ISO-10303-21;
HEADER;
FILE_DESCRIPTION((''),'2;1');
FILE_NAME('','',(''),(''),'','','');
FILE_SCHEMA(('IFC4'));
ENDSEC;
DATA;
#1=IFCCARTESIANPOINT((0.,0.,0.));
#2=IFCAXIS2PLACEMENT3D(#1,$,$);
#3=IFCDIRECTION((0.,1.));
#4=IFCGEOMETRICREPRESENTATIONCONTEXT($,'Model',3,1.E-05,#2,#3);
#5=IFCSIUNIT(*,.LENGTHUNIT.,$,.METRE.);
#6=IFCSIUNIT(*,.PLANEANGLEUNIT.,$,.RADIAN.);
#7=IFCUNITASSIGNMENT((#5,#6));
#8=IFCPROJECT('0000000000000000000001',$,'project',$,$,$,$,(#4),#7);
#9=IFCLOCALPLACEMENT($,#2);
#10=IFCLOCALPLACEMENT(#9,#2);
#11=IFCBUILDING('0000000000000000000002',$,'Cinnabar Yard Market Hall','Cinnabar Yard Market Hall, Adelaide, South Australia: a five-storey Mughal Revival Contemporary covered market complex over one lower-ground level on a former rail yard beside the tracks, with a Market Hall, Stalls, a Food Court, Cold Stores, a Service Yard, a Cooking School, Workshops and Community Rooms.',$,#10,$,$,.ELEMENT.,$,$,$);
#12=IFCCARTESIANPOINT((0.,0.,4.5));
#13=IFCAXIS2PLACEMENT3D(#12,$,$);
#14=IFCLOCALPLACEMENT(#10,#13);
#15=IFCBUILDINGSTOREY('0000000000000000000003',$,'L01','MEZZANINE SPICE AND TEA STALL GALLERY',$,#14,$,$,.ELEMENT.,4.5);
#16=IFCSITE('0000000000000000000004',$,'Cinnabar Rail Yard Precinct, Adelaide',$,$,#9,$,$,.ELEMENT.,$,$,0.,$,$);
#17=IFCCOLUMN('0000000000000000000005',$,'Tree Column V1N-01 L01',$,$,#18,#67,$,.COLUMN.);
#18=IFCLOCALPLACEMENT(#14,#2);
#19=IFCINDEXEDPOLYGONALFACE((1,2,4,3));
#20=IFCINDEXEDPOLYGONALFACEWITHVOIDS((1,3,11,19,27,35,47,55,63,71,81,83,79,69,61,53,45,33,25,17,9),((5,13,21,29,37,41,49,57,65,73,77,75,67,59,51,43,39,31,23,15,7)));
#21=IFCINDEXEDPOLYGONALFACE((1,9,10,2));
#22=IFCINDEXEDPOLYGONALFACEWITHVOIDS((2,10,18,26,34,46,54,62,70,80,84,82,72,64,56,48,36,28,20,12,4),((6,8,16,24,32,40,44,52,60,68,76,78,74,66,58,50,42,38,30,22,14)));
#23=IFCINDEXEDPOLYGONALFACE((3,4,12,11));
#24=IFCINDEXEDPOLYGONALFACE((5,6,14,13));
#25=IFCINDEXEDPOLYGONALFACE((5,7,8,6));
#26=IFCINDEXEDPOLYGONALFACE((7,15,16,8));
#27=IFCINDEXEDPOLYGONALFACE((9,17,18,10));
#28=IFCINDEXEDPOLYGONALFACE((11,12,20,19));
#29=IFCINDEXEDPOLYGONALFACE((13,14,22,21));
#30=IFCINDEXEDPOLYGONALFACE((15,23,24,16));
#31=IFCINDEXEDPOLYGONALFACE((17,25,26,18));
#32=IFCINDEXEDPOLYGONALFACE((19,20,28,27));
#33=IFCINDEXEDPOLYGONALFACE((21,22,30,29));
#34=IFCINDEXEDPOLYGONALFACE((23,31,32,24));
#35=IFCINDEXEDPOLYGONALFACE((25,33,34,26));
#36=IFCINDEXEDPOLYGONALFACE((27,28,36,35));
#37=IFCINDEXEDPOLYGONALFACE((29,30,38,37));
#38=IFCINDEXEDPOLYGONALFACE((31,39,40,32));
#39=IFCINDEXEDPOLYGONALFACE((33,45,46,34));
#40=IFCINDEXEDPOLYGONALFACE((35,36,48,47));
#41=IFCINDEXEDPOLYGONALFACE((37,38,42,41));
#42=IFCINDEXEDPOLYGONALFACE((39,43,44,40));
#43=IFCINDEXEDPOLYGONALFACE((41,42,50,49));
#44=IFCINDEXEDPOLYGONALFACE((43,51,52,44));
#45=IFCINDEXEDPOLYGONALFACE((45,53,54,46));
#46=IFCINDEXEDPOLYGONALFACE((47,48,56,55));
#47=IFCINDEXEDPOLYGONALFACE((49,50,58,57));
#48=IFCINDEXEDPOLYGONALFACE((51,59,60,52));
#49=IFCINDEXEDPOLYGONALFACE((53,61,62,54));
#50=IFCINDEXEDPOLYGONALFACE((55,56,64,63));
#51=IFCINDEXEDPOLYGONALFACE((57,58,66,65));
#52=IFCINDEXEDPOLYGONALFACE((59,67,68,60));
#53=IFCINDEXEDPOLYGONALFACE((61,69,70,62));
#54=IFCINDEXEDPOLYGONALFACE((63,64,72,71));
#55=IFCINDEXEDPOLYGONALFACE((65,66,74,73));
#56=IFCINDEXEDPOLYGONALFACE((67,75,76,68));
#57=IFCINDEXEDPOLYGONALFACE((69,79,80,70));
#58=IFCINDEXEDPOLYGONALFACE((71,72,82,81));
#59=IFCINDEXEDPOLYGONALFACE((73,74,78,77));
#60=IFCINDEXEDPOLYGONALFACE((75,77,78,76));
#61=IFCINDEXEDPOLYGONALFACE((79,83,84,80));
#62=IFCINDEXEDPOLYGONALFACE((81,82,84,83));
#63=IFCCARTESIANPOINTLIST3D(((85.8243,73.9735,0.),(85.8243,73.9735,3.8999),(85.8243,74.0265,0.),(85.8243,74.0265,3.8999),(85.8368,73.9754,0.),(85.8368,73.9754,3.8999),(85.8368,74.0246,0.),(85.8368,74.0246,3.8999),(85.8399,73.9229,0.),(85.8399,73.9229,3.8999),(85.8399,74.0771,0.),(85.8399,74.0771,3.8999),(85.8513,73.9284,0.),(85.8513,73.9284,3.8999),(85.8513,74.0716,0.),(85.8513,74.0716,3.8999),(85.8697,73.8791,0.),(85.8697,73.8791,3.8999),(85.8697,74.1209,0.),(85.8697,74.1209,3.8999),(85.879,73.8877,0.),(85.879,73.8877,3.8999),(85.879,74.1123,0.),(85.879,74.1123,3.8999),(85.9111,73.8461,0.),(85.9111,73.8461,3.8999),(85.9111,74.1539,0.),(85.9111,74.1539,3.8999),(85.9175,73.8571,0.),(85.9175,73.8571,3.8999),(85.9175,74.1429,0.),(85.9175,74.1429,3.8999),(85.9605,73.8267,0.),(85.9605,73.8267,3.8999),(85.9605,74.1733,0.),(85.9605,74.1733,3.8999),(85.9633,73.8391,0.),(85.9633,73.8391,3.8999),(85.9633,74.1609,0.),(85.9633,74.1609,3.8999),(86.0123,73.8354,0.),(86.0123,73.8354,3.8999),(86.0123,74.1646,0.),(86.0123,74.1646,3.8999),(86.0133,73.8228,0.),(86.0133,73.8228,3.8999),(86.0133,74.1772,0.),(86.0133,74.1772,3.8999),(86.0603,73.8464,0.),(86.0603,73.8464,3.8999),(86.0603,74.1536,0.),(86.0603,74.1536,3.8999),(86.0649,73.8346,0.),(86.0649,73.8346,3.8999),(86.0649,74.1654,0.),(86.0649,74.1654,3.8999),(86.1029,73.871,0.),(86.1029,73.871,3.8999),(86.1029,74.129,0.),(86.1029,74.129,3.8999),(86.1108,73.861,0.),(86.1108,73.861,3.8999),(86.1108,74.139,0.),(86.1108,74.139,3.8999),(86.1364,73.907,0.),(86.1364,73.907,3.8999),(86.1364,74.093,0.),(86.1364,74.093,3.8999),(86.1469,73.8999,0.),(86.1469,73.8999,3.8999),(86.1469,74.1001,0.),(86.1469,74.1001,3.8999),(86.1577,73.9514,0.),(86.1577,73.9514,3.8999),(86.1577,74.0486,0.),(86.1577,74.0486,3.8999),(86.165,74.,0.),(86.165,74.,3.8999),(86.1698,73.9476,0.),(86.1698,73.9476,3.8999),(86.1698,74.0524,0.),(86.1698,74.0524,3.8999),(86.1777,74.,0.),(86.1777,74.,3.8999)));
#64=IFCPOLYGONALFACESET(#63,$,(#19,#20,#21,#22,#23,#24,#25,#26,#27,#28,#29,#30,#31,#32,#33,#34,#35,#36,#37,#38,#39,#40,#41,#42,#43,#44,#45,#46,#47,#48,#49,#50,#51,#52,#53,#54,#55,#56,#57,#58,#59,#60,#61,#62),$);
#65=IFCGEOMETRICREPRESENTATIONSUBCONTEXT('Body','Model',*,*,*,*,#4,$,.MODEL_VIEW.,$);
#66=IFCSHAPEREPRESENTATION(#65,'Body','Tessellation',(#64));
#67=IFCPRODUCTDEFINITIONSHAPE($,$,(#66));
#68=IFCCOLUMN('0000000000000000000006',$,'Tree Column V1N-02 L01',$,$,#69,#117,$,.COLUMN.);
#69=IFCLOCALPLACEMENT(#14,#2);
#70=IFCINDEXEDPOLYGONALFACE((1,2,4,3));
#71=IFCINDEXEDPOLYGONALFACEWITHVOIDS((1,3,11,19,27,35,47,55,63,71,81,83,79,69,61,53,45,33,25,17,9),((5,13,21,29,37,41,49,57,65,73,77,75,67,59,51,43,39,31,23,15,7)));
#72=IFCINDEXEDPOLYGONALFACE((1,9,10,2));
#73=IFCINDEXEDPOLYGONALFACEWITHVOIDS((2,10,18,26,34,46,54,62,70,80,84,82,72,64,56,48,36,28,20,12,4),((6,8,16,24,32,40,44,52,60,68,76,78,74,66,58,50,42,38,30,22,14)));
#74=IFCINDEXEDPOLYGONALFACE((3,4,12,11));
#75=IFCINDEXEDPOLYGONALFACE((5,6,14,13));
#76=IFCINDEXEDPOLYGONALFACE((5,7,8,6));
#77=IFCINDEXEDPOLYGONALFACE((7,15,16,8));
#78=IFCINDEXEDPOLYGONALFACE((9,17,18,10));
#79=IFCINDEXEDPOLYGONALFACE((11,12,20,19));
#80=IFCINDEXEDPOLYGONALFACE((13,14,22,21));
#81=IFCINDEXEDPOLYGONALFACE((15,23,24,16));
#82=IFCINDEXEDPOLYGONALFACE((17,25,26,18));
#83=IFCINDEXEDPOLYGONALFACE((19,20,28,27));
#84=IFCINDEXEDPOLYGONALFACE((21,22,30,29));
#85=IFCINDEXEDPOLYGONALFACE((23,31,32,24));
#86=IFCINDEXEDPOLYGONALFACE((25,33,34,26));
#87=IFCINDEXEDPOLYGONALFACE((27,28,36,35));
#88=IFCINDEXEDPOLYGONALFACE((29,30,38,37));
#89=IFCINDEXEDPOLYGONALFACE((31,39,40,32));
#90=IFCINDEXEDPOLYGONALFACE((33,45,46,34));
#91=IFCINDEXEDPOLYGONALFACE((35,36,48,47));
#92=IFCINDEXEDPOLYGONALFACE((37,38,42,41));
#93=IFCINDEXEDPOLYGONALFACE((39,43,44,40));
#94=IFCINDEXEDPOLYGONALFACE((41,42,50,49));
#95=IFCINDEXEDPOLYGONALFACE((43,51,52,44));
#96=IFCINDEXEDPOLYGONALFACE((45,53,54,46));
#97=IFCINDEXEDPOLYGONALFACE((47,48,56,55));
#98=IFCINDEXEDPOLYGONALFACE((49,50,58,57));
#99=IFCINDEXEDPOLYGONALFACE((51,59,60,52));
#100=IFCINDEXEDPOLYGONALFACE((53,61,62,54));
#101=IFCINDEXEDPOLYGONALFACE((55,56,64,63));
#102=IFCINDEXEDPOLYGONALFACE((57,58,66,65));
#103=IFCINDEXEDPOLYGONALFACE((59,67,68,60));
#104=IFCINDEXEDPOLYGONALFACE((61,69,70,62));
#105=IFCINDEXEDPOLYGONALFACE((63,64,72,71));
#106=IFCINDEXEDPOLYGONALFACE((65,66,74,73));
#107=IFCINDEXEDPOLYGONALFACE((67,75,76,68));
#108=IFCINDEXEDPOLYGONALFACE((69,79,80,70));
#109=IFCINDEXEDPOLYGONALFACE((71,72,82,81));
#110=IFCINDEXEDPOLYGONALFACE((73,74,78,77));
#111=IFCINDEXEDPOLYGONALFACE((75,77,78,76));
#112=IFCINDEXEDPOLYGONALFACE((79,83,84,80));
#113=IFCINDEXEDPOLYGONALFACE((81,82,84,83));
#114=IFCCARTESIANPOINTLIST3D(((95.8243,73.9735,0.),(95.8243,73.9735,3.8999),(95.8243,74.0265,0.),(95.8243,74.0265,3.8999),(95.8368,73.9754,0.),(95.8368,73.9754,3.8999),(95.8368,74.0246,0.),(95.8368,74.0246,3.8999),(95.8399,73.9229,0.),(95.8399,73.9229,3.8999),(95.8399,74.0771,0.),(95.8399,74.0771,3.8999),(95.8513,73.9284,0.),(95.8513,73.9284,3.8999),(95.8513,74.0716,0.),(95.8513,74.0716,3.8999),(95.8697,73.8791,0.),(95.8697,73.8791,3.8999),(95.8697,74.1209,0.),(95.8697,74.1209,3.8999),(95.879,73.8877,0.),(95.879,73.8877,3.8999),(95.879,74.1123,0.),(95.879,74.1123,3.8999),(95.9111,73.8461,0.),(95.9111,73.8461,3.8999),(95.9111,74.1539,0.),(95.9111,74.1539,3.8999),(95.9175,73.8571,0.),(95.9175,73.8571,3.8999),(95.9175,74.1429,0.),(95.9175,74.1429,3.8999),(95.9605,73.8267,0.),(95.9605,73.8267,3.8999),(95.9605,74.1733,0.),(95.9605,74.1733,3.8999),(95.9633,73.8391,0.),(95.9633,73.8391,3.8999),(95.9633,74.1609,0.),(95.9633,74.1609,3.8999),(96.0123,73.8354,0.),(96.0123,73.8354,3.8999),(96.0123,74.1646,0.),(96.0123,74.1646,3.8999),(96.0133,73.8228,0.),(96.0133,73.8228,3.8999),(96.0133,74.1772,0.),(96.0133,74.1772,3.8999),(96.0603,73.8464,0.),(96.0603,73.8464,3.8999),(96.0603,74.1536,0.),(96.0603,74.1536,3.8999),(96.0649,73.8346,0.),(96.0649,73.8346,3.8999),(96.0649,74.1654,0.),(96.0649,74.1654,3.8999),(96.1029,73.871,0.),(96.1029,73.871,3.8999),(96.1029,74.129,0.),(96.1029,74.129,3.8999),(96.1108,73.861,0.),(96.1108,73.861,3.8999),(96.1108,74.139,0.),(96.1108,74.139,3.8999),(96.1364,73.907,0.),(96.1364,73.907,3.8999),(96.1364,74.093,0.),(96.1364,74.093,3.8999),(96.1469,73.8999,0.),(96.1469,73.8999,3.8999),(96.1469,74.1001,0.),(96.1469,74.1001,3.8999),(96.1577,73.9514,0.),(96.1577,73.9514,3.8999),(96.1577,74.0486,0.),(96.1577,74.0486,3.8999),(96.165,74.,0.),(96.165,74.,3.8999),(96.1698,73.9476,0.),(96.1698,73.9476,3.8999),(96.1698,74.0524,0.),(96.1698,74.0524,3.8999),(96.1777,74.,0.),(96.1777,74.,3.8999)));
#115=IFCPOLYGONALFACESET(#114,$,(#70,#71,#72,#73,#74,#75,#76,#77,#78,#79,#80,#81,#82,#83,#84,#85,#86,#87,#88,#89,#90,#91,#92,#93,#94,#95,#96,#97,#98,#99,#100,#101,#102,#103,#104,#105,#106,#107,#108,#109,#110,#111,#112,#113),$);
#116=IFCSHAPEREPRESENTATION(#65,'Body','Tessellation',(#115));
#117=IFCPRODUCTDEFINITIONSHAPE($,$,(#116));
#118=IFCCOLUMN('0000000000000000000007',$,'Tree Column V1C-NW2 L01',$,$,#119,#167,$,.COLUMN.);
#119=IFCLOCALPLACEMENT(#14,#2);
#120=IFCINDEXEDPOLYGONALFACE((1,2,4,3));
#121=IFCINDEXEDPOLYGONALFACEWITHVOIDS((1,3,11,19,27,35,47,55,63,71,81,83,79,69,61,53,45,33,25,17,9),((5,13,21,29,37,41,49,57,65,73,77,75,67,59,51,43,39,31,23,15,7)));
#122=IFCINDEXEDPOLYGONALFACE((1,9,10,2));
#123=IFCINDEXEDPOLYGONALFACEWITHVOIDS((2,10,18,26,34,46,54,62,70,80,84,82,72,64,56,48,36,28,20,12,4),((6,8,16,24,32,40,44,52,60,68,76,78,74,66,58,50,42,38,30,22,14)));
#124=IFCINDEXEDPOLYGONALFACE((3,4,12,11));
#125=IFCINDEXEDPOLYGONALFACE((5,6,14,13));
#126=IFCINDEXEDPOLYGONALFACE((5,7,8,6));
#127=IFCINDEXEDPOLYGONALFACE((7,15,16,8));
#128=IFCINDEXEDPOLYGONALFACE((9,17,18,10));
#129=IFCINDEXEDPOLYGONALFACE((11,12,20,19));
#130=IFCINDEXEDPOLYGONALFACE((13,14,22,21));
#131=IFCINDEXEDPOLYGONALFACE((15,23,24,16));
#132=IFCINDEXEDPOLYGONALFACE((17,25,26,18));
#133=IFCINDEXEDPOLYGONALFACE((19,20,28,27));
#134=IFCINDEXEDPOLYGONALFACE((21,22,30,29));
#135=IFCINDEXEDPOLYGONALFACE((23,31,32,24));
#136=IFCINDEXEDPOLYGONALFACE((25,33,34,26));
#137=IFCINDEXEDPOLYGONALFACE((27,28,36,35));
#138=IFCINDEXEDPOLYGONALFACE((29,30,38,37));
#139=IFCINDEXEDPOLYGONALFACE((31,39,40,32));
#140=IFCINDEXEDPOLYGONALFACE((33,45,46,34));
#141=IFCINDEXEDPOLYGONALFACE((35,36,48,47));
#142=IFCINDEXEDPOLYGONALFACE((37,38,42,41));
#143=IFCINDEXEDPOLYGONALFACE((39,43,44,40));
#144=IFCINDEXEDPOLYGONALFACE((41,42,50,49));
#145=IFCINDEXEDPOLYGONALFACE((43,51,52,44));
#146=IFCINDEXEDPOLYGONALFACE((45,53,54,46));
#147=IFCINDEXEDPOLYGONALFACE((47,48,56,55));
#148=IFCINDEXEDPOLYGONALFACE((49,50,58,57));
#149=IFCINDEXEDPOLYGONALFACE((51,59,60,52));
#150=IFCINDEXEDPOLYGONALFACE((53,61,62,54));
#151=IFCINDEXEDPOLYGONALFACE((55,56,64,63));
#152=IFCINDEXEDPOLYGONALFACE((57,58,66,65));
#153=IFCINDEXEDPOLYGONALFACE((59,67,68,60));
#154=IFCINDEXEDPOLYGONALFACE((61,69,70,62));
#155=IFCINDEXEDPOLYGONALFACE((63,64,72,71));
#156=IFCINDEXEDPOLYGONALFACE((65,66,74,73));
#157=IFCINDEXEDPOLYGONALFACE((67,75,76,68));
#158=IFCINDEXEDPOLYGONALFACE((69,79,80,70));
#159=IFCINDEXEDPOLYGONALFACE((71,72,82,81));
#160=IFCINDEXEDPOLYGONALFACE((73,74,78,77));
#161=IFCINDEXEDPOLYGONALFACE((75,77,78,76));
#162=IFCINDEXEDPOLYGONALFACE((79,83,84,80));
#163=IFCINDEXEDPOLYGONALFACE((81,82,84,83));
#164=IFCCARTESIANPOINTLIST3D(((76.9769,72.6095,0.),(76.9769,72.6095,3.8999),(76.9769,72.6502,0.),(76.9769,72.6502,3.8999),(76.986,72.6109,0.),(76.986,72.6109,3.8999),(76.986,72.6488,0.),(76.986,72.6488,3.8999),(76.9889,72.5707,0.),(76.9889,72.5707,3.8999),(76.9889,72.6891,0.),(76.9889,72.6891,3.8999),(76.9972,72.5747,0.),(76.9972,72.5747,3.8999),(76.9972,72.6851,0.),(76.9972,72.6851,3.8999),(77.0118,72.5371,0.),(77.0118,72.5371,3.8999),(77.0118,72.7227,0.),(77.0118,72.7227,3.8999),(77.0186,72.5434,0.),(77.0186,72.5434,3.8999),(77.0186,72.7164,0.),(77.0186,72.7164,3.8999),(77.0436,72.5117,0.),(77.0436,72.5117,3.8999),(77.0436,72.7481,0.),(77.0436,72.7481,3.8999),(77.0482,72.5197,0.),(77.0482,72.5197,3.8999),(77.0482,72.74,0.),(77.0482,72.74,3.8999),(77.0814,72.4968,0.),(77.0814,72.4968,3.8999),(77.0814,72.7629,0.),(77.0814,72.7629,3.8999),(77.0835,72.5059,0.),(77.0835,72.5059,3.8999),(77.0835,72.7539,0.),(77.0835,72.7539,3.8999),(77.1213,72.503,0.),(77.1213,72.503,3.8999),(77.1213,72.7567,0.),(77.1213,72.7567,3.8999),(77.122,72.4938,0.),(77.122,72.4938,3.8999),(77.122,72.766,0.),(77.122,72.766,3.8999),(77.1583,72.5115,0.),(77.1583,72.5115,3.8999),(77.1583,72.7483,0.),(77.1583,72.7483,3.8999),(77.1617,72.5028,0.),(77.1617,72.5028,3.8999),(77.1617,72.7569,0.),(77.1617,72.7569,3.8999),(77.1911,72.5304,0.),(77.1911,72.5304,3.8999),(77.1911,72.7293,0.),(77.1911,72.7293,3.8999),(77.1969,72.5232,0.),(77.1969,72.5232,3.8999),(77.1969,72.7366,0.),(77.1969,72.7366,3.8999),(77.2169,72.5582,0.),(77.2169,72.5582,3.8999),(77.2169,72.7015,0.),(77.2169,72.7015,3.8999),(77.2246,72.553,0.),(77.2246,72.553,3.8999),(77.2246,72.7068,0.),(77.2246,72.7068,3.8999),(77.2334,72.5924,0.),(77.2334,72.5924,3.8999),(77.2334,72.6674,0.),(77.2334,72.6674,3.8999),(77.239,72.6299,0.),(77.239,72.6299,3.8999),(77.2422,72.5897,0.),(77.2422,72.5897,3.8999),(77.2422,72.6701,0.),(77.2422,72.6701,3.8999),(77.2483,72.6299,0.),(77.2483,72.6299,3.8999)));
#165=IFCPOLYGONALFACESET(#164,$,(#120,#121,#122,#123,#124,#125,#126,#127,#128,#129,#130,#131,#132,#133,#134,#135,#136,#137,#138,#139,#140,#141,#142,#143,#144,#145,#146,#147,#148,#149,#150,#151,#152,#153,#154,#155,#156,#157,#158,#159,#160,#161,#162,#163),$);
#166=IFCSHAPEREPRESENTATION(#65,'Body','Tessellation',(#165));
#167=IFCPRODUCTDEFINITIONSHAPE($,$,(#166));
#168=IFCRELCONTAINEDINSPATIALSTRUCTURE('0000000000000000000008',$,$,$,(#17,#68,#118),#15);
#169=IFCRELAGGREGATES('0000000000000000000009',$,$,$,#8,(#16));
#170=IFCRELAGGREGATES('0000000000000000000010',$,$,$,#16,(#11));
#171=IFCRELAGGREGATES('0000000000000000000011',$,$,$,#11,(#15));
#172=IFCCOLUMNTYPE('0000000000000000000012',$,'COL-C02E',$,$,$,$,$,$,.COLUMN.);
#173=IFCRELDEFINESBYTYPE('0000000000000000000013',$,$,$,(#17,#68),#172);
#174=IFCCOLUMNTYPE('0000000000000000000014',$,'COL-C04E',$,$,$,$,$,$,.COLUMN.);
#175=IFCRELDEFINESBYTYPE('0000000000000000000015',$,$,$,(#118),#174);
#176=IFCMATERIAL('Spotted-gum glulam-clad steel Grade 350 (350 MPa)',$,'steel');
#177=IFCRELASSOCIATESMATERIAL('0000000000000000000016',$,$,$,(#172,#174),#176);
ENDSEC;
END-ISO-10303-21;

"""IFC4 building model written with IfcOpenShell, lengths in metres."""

from ifc_helpers import new_model, si_unit, direction, frame, origin, origin_2d_with_axis, place, context, subcontext, project, spatial, hollow_circle, extrude, material, material_profile, profile_set, type_object, element, save


model = new_model("IFC4")

# Units and contexts
model_context = context("Model", 3, precision=1e-05, world=origin(), true_north=direction((0.0, 1.0)))
body_context = subcontext(model_context, "Body", "Model", "MODEL_VIEW")
ifc_project = project(units=[si_unit("LENGTHUNIT", "METRE"), si_unit("PLANEANGLEUNIT", "RADIAN")], contexts=[model_context])

# Site, building, storey
site_placement = place(None, origin())
site = spatial("IfcSite", under=ifc_project, at=site_placement, Name="Cinnabar Rail Yard Precinct, Adelaide", CompositionType="ELEMENT", RefElevation=0.0)
building_placement = place(site_placement, origin())
building = spatial("IfcBuilding", under=site, at=building_placement, Name="Cinnabar Yard Market Hall", Description="Cinnabar Yard Market Hall, Adelaide, South Australia: a five-storey Mughal Revival Contemporary covered market complex over one lower-ground level on a former rail yard beside the tracks, with a Market Hall, Stalls, a Food Court, Cold Stores, a Service Yard, a Cooking School, Workshops and Community Rooms.", CompositionType="ELEMENT")
storey_placement = place(building_placement, frame((0.0, 0.0, 4.5)))
storey = spatial("IfcBuildingStorey", under=building, at=storey_placement, Name="L01", Description="MEZZANINE SPICE AND TEA STALL GALLERY", CompositionType="ELEMENT", Elevation=4.5)

# Columns
ifc_material_1 = material(Name="Spotted-gum glulam-clad steel Grade 350 (350 MPa)", Category="steel")
ifc_material_profile_1 = material_profile(ifc_material_1, hollow_circle(Radius=0.1777, WallThickness=0.0127, at=origin_2d_with_axis()), Name="355.6x12.7CHS")
ifc_profile_set_1 = profile_set([ifc_material_profile_1], Name="Spotted-gum glulam-clad steel Grade 350 (350 MPa)")
column_type_1 = type_object("IfcColumnType", Name="COL-C02E", PredefinedType="COLUMN", material=ifc_profile_set_1)
for number, where, z_axis, x_axis, name in (
    (1, (86.0, 74.0, 0.0), (0.0, 0.0, 1.0), (1.0, 0.0, 0.0), "Tree Column V1N-01 L01"),
    (2, (96.0, 74.0, 0.0), (0.0, 0.0, 1.0), (1.0, 0.0, 0.0), "Tree Column V1N-02 L01"),
):
    element("IfcColumn", number, at=place(storey_placement, frame(where, z_axis=z_axis, x_axis=x_axis)), inside=storey, type_object=column_type_1, Name=name, PredefinedType="COLUMN", context=body_context, shape_type="SweptSolid", body=[
        extrude(hollow_circle(Radius=0.1777, WallThickness=0.0127, at=origin_2d_with_axis()), origin(), (0.0, 0.0, 1.0), 3.8999),
    ])
ifc_material_profile_2 = material_profile(ifc_material_1, hollow_circle(Radius=0.1365, WallThickness=0.0093, at=origin_2d_with_axis()), Name="273.1x9.3CHS")
ifc_profile_set_2 = profile_set([ifc_material_profile_2], Name="Spotted-gum glulam-clad steel Grade 350 (350 MPa)")
column_type_2 = type_object("IfcColumnType", Name="COL-C04E", PredefinedType="COLUMN", material=ifc_profile_set_2)
column_1_placement = place(storey_placement, frame((77.1118, 72.6299, 0.0), z_axis=(0.0, 0.0, 1.0), x_axis=(1.0, 0.0, 0.0)))
element("IfcColumn", 3, at=column_1_placement, inside=storey, type_object=column_type_2, Name="Tree Column V1C-NW2 L01", PredefinedType="COLUMN", context=body_context, shape_type="SweptSolid", body=[
    extrude(hollow_circle(Radius=0.1365, WallThickness=0.0093, at=origin_2d_with_axis()), origin(), (0.0, 0.0, 1.0), 3.8999),
])

save(model, "model.ifc")
